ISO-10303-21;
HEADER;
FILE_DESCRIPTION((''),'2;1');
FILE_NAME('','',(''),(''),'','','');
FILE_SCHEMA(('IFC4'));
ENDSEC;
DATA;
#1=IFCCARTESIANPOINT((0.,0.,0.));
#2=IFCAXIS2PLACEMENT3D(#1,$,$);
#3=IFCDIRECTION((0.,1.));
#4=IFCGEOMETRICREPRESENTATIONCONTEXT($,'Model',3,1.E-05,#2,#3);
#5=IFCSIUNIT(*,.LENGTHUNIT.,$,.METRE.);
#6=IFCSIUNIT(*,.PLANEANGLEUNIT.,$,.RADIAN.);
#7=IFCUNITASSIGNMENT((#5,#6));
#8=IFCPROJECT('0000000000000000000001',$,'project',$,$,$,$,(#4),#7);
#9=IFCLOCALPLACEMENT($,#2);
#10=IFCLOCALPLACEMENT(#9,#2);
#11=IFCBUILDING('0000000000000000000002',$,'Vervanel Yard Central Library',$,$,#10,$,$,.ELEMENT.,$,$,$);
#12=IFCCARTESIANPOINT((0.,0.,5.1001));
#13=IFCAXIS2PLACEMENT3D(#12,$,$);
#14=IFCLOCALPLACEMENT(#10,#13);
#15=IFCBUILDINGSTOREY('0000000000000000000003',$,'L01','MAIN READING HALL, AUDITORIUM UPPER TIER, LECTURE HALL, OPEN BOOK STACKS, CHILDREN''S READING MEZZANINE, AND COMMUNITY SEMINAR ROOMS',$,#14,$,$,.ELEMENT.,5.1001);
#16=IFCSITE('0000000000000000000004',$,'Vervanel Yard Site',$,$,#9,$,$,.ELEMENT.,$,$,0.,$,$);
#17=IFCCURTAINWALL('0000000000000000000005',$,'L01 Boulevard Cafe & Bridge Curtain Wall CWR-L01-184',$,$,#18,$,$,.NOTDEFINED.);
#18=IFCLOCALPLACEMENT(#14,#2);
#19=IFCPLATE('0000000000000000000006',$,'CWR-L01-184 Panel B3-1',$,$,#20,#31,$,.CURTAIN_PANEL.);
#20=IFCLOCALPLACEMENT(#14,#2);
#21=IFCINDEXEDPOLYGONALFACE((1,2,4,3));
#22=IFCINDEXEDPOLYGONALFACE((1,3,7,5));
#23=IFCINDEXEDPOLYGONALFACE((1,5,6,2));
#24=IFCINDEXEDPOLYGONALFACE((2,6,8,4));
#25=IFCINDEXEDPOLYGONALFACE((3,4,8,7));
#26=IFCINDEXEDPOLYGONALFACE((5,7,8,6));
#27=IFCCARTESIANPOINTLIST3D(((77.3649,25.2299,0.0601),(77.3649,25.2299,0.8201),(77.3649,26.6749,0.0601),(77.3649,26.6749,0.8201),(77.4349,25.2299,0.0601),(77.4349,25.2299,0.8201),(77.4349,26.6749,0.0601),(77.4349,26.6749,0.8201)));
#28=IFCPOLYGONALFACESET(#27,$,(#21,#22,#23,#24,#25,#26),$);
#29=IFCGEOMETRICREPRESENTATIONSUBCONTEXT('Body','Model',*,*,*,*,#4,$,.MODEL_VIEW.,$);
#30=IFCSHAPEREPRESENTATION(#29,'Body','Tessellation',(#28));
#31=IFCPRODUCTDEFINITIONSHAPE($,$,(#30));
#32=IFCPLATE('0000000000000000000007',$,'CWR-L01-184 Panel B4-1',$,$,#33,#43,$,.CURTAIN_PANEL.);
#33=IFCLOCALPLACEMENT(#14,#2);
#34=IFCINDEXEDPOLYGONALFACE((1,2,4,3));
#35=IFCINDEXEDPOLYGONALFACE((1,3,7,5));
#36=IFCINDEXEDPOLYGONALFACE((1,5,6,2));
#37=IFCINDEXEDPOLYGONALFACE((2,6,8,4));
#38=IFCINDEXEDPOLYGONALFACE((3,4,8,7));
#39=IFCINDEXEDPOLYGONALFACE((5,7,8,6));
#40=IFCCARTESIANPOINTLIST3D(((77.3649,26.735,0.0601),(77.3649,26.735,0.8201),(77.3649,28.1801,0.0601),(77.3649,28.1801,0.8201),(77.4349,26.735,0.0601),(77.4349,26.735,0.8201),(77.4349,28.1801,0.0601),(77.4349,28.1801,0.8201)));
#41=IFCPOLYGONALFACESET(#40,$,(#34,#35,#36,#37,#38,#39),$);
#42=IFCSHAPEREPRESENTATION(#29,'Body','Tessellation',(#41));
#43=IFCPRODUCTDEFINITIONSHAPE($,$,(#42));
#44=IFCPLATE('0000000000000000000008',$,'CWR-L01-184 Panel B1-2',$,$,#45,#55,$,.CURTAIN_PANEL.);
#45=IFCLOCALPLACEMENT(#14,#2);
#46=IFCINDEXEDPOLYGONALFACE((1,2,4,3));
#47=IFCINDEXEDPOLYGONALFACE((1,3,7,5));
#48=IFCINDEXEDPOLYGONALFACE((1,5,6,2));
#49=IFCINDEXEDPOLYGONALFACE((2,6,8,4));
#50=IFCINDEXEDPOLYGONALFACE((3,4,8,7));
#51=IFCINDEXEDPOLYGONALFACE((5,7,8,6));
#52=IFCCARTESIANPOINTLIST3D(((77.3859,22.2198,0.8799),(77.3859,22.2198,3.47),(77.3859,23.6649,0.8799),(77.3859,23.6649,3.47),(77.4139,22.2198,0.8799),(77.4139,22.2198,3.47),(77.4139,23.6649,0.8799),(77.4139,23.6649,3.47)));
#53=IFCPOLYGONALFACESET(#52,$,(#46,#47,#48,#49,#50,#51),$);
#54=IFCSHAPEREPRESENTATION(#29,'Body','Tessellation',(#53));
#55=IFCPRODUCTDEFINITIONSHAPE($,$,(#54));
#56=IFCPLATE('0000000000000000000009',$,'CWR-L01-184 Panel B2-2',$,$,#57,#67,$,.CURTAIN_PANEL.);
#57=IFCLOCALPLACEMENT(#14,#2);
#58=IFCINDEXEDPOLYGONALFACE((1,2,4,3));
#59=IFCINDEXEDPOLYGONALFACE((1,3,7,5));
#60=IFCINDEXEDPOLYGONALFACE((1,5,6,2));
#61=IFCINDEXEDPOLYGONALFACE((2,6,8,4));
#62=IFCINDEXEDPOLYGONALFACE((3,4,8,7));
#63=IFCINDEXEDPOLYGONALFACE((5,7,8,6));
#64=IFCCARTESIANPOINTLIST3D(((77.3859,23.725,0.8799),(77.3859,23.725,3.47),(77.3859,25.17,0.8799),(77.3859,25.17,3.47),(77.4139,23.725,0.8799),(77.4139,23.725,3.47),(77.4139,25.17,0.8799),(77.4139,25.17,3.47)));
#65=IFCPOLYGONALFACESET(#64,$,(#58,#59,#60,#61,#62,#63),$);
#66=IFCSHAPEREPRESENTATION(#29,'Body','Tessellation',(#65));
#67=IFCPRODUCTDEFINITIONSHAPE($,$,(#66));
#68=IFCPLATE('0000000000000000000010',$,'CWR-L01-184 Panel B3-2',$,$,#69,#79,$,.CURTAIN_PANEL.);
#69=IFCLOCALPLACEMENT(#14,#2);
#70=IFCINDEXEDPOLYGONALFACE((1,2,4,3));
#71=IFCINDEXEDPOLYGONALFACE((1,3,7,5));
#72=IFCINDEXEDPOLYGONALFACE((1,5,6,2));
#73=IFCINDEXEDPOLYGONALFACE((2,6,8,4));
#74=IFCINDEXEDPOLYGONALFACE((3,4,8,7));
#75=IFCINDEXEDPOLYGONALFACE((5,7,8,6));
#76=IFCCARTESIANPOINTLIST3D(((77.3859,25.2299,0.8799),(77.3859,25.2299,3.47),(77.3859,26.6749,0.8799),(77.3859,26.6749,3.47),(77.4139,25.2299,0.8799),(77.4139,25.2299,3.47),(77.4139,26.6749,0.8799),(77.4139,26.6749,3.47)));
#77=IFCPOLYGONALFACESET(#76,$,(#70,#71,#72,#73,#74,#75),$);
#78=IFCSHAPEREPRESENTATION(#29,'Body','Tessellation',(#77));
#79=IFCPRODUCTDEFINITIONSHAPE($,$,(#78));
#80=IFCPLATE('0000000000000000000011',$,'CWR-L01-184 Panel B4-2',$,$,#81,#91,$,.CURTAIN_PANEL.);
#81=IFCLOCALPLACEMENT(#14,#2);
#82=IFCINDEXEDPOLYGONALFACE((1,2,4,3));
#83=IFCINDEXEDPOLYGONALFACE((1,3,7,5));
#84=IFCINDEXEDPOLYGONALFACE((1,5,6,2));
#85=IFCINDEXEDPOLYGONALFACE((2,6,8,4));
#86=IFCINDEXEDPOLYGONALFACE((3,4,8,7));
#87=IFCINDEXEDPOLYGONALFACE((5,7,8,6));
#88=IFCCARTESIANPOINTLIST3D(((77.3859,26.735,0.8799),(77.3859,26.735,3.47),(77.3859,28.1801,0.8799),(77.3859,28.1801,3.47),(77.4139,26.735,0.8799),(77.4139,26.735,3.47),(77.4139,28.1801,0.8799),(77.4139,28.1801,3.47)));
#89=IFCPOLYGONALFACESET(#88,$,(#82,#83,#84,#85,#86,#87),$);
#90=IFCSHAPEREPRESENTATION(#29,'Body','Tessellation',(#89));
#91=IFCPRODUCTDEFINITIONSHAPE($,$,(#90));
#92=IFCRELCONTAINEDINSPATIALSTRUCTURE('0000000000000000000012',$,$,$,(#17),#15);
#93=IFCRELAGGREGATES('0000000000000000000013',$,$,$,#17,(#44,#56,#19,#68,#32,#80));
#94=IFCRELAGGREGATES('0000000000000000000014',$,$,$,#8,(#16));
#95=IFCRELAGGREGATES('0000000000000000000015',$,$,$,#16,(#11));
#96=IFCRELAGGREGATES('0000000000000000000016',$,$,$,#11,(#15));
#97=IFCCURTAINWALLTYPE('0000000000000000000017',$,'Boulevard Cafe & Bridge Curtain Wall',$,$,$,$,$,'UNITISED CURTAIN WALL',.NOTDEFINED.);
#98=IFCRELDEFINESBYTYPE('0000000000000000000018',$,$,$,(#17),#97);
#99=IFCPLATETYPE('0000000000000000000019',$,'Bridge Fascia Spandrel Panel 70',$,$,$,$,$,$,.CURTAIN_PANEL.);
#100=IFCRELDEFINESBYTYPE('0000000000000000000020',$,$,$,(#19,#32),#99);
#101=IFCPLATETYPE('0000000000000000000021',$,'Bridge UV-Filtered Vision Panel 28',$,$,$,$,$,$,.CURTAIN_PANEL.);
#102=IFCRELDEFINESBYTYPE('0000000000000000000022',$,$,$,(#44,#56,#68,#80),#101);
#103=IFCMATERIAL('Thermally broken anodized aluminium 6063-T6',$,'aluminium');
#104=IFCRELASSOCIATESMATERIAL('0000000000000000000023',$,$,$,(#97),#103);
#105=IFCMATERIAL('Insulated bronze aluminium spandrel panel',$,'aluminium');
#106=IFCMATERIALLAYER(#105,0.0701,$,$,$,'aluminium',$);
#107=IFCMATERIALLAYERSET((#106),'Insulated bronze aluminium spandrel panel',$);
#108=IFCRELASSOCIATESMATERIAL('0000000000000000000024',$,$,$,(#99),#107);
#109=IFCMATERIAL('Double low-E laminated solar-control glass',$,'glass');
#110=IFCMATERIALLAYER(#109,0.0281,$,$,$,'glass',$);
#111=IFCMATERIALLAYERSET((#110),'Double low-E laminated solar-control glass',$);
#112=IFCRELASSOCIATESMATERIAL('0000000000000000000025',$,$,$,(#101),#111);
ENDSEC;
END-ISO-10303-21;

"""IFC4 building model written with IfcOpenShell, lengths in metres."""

from ifc_helpers import new_model, si_unit, direction, frame, origin, origin_2d, place, context, subcontext, project, spatial, rectangle, extrude, material, layer, layer_set, type_object, element, aggregate, save


model = new_model("IFC4")

# Units and contexts
model_context = context("Model", 3, precision=1e-05, world=origin(), true_north=direction((0.0, 1.0)))
body_context = subcontext(model_context, "Body", "Model", "MODEL_VIEW")
ifc_project = project(units=[si_unit("LENGTHUNIT", "METRE"), si_unit("PLANEANGLEUNIT", "RADIAN")], contexts=[model_context])

# Site, building, storey
site_placement = place(None, origin())
site = spatial("IfcSite", under=ifc_project, at=site_placement, Name="Vervanel Yard Site", CompositionType="ELEMENT", RefElevation=0.0)
building_placement = place(site_placement, origin())
building = spatial("IfcBuilding", under=site, at=building_placement, Name="Vervanel Yard Central Library", CompositionType="ELEMENT")
storey_placement = place(building_placement, frame((0.0, 0.0, 5.1001)))
storey = spatial("IfcBuildingStorey", under=building, at=storey_placement, Name="L01", Description="MAIN READING HALL, AUDITORIUM UPPER TIER, LECTURE HALL, OPEN BOOK STACKS, CHILDREN'S READING MEZZANINE, AND COMMUNITY SEMINAR ROOMS", CompositionType="ELEMENT", Elevation=5.1001)

# Curtain wall, plates
ifc_material_1 = material(Name="Thermally broken anodized aluminium 6063-T6", Category="aluminium")
curtain_wall_type = type_object("IfcCurtainWallType", Name="Boulevard Cafe & Bridge Curtain Wall", ElementType="UNITISED CURTAIN WALL", PredefinedType="NOTDEFINED", material=ifc_material_1)
curtain_wall_placement = place(storey_placement, origin())
curtain_wall = element("IfcCurtainWall", 1, at=curtain_wall_placement, inside=storey, type_object=curtain_wall_type, Name="L01 Boulevard Cafe & Bridge Curtain Wall CWR-L01-184", PredefinedType="NOTDEFINED")
ifc_material_2 = material(Name="Insulated bronze aluminium spandrel panel", Category="aluminium")
ifc_layer_1 = layer(ifc_material_2, 0.0701, Category="aluminium")
ifc_layer_set_1 = layer_set([ifc_layer_1], Name="Insulated bronze aluminium spandrel panel")
plate_type_1 = type_object("IfcPlateType", Name="Bridge Fascia Spandrel Panel 70", PredefinedType="CURTAIN_PANEL", material=ifc_layer_set_1)
plate_1_placement = place(storey_placement, frame((77.3999, 25.9524, 0.0601), z_axis=(0.0, 0.0, 1.0), x_axis=(0.0, 1.0, 0.0)))
plate_1 = element("IfcPlate", 2, at=plate_1_placement, type_object=plate_type_1, Name="CWR-L01-184 Panel B3-1", PredefinedType="CURTAIN_PANEL", context=body_context, shape_type="SweptSolid", body=[
    extrude(rectangle(XDim=1.4451, YDim=0.0701, at=origin_2d()), origin(), (0.0, 0.0, 1.0), 0.76),
])
plate_2_placement = place(storey_placement, frame((77.3999, 27.4575, 0.0601), z_axis=(0.0, 0.0, 1.0), x_axis=(0.0, 1.0, 0.0)))
plate_2 = element("IfcPlate", 3, at=plate_2_placement, type_object=plate_type_1, Name="CWR-L01-184 Panel B4-1", PredefinedType="CURTAIN_PANEL", context=body_context, shape_type="SweptSolid", body=[
    extrude(rectangle(XDim=1.4451, YDim=0.0701, at=origin_2d()), origin(), (0.0, 0.0, 1.0), 0.76),
])
ifc_material_3 = material(Name="Double low-E laminated solar-control glass", Category="glass")
ifc_layer_2 = layer(ifc_material_3, 0.0281, Category="glass")
ifc_layer_set_2 = layer_set([ifc_layer_2], Name="Double low-E laminated solar-control glass")
plate_type_2 = type_object("IfcPlateType", Name="Bridge UV-Filtered Vision Panel 28", PredefinedType="CURTAIN_PANEL", material=ifc_layer_set_2)
plate_3_placement = place(storey_placement, frame((77.3999, 22.9424, 0.8799), z_axis=(0.0, 0.0, 1.0), x_axis=(0.0, 1.0, 0.0)))
plate_3 = element("IfcPlate", 4, at=plate_3_placement, type_object=plate_type_2, Name="CWR-L01-184 Panel B1-2", PredefinedType="CURTAIN_PANEL", context=body_context, shape_type="SweptSolid", body=[
    extrude(rectangle(XDim=1.4451, YDim=0.0281, at=origin_2d()), origin(), (0.0, 0.0, 1.0), 2.5901),
])
plate_4_placement = place(storey_placement, frame((77.3999, 24.4475, 0.8799), z_axis=(0.0, 0.0, 1.0), x_axis=(0.0, 1.0, 0.0)))
plate_4 = element("IfcPlate", 5, at=plate_4_placement, type_object=plate_type_2, Name="CWR-L01-184 Panel B2-2", PredefinedType="CURTAIN_PANEL", context=body_context, shape_type="SweptSolid", body=[
    extrude(rectangle(XDim=1.4451, YDim=0.0281, at=origin_2d()), origin(), (0.0, 0.0, 1.0), 2.5901),
])
plate_5_placement = place(storey_placement, frame((77.3999, 25.9524, 0.8799), z_axis=(0.0, 0.0, 1.0), x_axis=(0.0, 1.0, 0.0)))
plate_5 = element("IfcPlate", 6, at=plate_5_placement, type_object=plate_type_2, Name="CWR-L01-184 Panel B3-2", PredefinedType="CURTAIN_PANEL", context=body_context, shape_type="SweptSolid", body=[
    extrude(rectangle(XDim=1.4451, YDim=0.0281, at=origin_2d()), origin(), (0.0, 0.0, 1.0), 2.5901),
])
plate_6_placement = place(storey_placement, frame((77.3999, 27.4575, 0.8799), z_axis=(0.0, 0.0, 1.0), x_axis=(0.0, 1.0, 0.0)))
plate_6 = element("IfcPlate", 7, at=plate_6_placement, type_object=plate_type_2, Name="CWR-L01-184 Panel B4-2", PredefinedType="CURTAIN_PANEL", context=body_context, shape_type="SweptSolid", body=[
    extrude(rectangle(XDim=1.4451, YDim=0.0281, at=origin_2d()), origin(), (0.0, 0.0, 1.0), 2.5901),
])
aggregate(curtain_wall, [plate_3, plate_4, plate_1, plate_5, plate_2, plate_6])

save(model, "model.ifc")
